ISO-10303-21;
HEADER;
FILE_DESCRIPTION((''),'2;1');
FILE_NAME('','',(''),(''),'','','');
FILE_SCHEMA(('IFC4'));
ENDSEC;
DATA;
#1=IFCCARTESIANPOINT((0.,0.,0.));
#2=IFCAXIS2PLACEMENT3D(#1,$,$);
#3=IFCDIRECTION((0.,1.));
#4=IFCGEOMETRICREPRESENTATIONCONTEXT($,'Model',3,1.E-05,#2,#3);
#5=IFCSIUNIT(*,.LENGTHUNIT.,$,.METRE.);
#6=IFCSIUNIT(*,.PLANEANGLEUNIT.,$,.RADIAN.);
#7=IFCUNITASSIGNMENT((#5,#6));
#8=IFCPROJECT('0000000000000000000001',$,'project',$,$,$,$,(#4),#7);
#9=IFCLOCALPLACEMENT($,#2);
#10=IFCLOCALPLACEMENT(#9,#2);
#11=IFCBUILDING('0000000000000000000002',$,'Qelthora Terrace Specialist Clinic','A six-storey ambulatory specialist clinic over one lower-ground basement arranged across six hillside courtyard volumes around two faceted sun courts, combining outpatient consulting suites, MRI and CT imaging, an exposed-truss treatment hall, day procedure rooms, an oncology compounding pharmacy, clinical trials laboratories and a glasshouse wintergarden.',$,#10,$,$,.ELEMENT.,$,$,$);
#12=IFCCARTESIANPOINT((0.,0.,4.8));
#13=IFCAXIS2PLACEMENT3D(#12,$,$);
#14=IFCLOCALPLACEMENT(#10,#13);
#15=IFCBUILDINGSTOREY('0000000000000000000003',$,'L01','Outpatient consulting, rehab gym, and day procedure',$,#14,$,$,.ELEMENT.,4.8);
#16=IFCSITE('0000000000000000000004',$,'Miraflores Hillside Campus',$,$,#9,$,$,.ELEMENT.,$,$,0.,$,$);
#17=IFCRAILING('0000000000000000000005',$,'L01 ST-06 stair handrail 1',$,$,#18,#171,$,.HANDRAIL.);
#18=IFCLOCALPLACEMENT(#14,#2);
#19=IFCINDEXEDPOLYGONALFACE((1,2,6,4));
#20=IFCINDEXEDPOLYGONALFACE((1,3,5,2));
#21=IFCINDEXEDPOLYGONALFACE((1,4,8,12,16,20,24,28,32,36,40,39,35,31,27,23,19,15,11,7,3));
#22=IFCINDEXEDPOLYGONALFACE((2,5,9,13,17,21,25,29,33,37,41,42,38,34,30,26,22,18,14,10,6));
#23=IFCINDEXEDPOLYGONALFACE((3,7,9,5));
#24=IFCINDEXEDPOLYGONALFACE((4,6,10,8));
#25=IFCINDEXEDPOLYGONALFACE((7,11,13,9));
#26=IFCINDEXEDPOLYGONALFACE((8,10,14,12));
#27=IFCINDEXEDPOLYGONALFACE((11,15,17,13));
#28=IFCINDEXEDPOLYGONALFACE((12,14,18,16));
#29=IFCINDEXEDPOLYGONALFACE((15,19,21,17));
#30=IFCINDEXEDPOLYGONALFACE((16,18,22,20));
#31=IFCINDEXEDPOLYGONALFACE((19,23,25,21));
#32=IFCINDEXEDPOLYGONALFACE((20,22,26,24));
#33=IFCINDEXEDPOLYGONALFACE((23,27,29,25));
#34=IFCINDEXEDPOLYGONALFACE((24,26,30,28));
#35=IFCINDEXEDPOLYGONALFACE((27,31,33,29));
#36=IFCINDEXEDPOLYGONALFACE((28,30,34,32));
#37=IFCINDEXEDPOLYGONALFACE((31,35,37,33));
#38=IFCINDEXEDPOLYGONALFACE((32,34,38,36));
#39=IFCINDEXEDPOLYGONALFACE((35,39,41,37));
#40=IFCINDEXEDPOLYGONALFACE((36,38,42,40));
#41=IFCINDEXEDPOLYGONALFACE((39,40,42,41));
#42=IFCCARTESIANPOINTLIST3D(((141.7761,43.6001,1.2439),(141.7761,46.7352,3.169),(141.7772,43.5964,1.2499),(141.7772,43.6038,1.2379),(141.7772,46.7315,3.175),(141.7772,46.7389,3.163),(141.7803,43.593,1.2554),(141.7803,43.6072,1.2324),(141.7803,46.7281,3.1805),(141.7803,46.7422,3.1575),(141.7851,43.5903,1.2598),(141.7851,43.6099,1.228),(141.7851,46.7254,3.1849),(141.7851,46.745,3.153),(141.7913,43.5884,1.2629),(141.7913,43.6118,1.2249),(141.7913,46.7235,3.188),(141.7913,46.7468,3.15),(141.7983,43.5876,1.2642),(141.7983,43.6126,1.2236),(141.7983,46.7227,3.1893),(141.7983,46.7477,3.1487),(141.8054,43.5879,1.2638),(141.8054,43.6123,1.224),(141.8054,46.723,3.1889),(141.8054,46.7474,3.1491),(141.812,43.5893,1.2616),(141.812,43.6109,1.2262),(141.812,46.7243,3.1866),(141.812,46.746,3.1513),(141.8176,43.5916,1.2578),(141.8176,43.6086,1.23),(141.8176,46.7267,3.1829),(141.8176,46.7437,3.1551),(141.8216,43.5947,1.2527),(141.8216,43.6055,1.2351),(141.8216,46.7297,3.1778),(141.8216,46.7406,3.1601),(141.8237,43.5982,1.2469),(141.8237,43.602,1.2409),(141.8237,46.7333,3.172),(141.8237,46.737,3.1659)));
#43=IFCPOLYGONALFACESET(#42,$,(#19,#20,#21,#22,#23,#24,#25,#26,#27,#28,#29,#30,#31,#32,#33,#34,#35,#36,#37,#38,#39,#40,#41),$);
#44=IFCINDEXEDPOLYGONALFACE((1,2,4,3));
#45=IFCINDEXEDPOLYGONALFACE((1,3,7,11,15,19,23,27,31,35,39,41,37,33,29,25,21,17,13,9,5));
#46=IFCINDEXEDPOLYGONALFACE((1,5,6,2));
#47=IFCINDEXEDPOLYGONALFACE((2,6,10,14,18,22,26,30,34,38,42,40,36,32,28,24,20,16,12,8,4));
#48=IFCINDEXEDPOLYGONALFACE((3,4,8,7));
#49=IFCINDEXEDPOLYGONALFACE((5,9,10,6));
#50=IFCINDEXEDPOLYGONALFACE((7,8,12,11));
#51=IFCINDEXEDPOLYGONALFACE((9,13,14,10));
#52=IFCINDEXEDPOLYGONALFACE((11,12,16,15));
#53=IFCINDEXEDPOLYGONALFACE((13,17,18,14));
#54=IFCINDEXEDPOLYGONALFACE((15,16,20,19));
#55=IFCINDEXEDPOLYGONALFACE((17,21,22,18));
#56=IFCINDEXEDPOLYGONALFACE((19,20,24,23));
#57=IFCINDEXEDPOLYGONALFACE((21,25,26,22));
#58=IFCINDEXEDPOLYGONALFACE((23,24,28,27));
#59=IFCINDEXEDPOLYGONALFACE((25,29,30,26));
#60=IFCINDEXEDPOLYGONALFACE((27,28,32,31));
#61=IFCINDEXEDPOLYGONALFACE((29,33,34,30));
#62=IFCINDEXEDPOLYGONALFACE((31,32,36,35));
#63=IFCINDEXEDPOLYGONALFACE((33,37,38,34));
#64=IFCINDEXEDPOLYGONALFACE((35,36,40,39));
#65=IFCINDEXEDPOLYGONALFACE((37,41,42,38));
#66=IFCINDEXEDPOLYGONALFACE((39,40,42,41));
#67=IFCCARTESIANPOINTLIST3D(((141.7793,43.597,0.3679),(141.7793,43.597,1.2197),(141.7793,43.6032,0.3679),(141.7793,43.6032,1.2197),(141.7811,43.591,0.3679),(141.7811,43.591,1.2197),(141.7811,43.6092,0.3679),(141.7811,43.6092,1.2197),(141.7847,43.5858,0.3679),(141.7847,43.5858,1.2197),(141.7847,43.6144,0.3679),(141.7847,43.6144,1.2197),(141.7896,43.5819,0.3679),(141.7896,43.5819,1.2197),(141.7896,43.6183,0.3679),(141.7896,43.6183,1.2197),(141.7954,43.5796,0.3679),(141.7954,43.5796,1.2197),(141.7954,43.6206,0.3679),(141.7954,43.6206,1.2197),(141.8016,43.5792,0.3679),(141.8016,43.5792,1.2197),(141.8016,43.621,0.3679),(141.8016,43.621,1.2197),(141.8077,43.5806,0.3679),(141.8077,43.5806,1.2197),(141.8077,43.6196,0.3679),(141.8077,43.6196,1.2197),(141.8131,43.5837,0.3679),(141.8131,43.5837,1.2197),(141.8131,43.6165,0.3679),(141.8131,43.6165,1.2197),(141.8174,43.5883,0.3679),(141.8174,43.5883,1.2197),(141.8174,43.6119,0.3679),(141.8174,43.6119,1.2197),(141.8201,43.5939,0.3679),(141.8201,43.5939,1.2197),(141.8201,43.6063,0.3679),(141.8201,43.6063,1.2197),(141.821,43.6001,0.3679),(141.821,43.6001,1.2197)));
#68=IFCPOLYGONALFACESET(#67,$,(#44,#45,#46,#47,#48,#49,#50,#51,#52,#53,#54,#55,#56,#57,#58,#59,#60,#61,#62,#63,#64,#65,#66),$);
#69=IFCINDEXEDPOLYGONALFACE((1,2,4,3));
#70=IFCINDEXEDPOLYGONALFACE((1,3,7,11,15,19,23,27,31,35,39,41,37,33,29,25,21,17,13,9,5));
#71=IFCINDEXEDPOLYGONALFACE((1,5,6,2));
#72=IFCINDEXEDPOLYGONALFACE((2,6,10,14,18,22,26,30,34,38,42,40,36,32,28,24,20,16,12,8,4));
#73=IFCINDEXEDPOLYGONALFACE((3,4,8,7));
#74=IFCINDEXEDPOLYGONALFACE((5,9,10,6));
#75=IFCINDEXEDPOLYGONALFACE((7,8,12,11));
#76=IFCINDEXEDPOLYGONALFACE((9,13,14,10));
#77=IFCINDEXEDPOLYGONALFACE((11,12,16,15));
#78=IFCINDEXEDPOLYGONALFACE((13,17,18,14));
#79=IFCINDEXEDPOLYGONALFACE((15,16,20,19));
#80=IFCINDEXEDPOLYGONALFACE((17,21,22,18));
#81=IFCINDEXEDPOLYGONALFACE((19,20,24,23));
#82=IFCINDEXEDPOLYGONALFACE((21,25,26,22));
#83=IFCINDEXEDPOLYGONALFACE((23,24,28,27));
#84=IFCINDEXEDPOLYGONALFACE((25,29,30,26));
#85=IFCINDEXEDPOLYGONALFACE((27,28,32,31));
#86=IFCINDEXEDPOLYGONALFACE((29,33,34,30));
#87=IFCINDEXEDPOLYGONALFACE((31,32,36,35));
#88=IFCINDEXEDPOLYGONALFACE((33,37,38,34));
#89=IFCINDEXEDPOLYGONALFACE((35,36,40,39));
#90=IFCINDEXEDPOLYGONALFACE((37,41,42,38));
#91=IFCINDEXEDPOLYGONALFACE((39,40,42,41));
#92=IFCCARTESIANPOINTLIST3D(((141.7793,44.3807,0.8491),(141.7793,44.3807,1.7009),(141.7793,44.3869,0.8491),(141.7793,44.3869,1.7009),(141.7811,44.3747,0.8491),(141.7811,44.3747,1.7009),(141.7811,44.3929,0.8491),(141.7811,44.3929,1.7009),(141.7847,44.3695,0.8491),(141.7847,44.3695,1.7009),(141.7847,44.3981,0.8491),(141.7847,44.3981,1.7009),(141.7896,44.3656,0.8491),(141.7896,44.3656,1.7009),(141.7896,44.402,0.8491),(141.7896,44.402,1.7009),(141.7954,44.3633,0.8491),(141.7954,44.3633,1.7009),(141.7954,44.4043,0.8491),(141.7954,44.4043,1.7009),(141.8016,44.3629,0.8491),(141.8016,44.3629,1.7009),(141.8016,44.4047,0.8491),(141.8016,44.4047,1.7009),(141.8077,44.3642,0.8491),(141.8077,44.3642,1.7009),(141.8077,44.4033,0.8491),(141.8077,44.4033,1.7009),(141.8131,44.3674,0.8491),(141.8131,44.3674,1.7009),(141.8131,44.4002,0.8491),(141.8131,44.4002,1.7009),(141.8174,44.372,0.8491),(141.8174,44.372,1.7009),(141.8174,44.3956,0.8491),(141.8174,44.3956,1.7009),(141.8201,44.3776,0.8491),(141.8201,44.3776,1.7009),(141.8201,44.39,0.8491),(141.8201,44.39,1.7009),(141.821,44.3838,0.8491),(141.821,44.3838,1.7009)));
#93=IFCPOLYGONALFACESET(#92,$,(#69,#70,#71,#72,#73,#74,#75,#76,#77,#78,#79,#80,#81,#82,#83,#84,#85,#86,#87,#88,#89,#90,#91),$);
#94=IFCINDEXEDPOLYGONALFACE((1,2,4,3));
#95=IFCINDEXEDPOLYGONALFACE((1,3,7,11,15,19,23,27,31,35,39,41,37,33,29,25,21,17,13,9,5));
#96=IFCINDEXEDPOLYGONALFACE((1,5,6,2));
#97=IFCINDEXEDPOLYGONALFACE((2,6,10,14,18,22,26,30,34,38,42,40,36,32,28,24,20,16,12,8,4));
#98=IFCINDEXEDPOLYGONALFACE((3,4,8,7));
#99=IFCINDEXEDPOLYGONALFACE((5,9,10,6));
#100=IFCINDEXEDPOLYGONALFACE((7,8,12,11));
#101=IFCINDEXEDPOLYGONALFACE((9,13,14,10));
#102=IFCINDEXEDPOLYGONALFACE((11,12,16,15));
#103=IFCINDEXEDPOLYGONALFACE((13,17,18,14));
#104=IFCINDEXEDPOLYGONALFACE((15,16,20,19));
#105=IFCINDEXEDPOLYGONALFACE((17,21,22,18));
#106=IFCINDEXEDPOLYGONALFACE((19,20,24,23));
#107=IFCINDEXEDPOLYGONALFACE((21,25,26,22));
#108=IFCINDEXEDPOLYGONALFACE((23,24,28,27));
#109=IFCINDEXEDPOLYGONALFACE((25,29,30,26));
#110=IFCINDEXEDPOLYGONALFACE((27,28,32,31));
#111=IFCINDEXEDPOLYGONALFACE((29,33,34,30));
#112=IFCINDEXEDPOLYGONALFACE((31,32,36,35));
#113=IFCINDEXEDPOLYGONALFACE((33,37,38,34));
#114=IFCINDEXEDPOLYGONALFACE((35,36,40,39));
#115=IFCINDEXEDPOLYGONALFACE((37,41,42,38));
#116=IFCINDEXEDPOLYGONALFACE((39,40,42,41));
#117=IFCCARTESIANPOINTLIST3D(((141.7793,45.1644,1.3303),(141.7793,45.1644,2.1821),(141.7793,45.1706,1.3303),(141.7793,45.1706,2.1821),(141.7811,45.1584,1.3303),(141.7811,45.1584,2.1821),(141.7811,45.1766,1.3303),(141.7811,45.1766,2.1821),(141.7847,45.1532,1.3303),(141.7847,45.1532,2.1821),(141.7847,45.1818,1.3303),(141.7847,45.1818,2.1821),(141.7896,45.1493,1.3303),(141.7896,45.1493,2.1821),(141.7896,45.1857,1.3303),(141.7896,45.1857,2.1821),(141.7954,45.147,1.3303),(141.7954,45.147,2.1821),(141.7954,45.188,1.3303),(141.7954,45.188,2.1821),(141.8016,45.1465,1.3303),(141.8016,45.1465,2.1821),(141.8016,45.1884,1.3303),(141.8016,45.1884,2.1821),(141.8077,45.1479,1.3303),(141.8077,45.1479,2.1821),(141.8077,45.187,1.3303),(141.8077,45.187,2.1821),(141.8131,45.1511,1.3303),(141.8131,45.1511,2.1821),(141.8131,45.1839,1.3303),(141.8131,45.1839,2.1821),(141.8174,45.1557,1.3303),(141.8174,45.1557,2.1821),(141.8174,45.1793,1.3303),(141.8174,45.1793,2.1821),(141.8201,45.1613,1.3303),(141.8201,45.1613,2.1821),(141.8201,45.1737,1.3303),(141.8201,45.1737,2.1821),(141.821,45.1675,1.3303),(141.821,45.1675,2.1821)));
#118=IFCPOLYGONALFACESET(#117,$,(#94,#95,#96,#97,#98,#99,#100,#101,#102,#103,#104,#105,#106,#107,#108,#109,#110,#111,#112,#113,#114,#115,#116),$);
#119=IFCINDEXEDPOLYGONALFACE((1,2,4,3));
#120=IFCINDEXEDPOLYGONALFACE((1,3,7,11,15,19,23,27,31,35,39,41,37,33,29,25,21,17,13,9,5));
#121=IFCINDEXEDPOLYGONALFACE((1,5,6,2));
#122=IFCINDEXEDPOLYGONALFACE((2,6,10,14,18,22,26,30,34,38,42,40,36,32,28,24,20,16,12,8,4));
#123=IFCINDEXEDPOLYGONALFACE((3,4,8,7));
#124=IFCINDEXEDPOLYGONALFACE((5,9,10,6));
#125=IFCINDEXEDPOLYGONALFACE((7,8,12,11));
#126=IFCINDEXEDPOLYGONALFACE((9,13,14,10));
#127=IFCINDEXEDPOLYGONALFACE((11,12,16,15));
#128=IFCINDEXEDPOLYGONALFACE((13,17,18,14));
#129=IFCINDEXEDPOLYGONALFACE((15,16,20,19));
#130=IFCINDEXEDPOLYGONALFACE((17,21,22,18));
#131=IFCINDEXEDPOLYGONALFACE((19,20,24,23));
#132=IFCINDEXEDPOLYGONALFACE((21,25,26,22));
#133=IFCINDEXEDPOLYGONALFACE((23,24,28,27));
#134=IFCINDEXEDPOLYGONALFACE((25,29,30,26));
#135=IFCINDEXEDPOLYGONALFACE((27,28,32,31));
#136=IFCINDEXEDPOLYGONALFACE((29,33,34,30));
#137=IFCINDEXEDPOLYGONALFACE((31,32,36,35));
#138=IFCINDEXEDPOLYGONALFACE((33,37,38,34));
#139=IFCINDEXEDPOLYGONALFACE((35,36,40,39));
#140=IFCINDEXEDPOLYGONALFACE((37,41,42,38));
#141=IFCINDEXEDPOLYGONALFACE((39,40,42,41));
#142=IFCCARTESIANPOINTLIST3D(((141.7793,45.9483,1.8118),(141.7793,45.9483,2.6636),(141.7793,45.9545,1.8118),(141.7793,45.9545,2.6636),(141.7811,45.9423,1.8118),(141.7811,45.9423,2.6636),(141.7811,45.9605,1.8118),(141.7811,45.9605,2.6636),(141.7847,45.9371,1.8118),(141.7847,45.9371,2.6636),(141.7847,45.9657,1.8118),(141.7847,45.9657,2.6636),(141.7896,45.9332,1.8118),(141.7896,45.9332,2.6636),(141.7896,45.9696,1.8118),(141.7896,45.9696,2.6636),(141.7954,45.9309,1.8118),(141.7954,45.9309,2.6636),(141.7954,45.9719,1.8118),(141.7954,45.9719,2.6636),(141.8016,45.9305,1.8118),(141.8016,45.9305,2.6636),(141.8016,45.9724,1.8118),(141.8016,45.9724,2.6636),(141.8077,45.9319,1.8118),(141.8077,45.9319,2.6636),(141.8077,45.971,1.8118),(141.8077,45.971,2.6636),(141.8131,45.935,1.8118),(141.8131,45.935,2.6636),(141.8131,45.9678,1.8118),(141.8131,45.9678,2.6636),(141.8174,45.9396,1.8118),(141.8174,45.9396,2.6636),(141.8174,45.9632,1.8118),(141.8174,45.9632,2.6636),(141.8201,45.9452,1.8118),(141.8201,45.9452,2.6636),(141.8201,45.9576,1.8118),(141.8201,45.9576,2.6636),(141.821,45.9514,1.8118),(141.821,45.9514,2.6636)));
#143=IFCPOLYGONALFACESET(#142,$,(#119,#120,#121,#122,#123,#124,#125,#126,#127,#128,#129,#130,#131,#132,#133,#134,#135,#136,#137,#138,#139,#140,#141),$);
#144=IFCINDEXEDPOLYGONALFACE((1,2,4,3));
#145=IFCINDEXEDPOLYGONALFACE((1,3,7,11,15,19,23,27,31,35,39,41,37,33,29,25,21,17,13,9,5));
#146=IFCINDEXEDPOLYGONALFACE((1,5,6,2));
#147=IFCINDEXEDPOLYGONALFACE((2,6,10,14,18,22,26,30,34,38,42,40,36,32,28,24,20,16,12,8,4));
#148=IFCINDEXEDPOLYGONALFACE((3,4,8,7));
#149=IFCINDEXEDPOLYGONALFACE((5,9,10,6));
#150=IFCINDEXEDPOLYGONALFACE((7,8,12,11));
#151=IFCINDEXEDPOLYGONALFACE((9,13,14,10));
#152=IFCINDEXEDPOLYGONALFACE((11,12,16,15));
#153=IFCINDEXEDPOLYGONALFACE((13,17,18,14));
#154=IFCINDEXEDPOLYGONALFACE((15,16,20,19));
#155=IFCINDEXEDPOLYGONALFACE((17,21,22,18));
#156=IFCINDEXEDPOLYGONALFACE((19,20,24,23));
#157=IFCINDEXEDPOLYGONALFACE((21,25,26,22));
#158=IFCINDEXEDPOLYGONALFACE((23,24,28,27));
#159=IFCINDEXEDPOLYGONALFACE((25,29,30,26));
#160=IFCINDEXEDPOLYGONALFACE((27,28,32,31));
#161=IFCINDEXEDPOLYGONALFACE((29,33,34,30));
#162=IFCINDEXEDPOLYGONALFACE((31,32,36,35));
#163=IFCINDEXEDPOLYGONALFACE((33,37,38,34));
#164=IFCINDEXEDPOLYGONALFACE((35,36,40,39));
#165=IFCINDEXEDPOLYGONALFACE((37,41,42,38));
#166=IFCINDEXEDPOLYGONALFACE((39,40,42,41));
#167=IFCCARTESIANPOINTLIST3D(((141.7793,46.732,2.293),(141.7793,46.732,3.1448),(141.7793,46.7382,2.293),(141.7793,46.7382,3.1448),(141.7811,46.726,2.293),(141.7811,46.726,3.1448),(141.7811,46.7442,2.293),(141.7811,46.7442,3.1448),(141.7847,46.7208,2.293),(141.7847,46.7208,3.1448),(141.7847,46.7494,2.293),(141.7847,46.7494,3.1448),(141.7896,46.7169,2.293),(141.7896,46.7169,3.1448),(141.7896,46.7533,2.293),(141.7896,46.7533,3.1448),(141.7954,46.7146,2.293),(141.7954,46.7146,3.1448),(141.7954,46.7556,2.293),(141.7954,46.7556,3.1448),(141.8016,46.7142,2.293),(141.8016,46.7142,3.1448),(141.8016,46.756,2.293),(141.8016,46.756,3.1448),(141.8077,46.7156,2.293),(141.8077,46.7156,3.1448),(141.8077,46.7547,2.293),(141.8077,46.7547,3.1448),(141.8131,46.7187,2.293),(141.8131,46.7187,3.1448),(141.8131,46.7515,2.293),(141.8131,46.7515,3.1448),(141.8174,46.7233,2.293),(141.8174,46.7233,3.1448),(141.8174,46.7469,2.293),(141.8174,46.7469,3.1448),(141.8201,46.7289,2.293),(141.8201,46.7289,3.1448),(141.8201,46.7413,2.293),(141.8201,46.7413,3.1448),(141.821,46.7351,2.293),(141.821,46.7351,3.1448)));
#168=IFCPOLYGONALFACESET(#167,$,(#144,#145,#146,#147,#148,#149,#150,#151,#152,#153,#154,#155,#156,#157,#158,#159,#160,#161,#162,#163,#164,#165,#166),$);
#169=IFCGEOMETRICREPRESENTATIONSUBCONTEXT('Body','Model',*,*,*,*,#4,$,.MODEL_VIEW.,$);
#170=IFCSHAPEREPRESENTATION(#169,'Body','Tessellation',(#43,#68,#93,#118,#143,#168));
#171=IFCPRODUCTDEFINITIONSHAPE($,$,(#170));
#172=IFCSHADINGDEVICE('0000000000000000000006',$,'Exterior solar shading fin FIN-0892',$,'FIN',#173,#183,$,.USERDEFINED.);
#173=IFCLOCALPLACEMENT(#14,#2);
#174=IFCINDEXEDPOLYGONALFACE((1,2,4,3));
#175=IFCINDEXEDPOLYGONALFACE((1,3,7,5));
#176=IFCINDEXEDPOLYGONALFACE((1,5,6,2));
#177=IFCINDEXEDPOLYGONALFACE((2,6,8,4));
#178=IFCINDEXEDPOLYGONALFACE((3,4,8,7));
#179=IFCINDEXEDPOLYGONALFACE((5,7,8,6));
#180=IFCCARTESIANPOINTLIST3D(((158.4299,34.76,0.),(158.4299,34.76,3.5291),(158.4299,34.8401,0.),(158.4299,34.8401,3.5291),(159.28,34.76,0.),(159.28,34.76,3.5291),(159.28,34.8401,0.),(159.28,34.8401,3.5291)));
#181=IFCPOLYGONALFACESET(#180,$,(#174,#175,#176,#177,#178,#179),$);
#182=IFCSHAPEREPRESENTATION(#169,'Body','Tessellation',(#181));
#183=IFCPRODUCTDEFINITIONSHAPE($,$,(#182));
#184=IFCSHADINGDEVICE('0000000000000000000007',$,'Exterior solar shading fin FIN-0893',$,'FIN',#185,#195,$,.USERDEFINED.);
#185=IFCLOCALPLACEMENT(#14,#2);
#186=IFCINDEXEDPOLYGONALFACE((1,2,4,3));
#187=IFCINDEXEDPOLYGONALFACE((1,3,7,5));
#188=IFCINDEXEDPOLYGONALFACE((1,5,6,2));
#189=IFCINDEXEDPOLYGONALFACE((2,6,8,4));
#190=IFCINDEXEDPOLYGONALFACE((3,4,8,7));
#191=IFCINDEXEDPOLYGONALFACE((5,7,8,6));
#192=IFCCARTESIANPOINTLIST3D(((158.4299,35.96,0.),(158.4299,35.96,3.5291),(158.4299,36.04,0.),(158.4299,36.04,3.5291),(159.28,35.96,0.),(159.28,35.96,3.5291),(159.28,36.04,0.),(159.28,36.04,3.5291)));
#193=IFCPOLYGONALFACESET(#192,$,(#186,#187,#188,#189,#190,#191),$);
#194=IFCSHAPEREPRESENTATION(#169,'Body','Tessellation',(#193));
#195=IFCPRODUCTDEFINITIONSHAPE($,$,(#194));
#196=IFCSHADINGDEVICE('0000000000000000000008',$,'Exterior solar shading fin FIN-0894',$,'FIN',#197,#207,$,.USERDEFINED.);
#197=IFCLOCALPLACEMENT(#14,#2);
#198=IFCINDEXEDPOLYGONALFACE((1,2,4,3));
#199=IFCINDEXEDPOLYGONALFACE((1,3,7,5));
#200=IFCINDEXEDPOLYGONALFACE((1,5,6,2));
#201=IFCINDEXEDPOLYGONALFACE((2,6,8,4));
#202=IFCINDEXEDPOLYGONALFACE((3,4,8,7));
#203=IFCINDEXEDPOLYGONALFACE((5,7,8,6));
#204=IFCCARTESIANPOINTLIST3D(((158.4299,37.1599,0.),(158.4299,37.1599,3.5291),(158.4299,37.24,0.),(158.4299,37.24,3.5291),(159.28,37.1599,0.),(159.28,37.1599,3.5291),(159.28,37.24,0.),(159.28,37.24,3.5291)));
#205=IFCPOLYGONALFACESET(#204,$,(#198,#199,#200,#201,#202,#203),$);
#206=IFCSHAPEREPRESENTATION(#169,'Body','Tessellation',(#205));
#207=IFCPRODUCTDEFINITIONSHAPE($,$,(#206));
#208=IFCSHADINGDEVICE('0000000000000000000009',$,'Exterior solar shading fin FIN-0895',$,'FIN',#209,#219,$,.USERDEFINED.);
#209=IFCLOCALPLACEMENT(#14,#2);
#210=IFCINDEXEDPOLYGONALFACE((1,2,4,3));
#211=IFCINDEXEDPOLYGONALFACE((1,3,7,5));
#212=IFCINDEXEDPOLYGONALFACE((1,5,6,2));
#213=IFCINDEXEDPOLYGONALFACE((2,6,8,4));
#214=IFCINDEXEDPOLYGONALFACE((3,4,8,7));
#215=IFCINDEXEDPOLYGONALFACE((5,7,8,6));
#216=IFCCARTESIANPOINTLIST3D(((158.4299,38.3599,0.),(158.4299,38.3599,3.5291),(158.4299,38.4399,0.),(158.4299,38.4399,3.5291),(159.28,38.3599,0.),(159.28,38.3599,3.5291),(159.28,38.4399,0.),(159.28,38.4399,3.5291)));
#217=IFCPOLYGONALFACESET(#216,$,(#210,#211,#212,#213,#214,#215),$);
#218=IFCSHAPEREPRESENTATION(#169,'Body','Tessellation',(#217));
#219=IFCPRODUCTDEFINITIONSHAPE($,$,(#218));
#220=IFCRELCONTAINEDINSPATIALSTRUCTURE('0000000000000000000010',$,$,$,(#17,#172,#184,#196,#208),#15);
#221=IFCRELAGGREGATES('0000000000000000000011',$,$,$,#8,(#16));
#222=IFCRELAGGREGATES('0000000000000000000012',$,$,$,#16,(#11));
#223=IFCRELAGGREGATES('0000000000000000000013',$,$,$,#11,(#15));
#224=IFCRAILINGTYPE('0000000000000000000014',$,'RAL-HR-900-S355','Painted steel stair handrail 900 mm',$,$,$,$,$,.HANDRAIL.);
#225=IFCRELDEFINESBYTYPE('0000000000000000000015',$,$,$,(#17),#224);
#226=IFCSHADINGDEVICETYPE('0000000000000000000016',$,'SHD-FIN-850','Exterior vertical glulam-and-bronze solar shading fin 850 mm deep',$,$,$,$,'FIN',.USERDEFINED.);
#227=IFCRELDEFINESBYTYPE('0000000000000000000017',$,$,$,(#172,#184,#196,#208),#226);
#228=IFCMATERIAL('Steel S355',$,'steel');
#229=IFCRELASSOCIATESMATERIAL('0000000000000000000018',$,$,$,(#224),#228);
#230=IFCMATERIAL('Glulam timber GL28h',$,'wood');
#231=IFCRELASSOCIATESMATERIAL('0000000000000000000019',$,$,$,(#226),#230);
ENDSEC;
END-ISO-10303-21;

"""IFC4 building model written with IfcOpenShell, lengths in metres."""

from ifc_helpers import new_model, si_unit, direction, frame, origin, origin_2d, place, context, subcontext, project, spatial, rectangle, circle, extrude, material, type_object, element, save


model = new_model("IFC4")

# Units and contexts
model_context = context("Model", 3, precision=1e-05, world=origin(), true_north=direction((0.0, 1.0)))
body_context = subcontext(model_context, "Body", "Model", "MODEL_VIEW")
ifc_project = project(units=[si_unit("LENGTHUNIT", "METRE"), si_unit("PLANEANGLEUNIT", "RADIAN")], contexts=[model_context])

# Site, building, storey
site_placement = place(None, origin())
site = spatial("IfcSite", under=ifc_project, at=site_placement, Name="Miraflores Hillside Campus", CompositionType="ELEMENT", RefElevation=0.0)
building_placement = place(site_placement, origin())
building = spatial("IfcBuilding", under=site, at=building_placement, Name="Qelthora Terrace Specialist Clinic", Description="A six-storey ambulatory specialist clinic over one lower-ground basement arranged across six hillside courtyard volumes around two faceted sun courts, combining outpatient consulting suites, MRI and CT imaging, an exposed-truss treatment hall, day procedure rooms, an oncology compounding pharmacy, clinical trials laboratories and a glasshouse wintergarden.", CompositionType="ELEMENT")
storey_placement = place(building_placement, frame((0.0, 0.0, 4.8)))
storey = spatial("IfcBuildingStorey", under=building, at=storey_placement, Name="L01", Description="Outpatient consulting, rehab gym, and day procedure", CompositionType="ELEMENT", Elevation=4.8)

# Shared definitions
ifc_material_1 = material(Name="Steel S355", Category="steel")

# Railing
railing_type = type_object("IfcRailingType", Name="RAL-HR-900-S355", Description="Painted steel stair handrail 900 mm", PredefinedType="HANDRAIL", material=ifc_material_1)
railing_placement = place(storey_placement, frame((141.8, 43.6001, 0.3679)))
element("IfcRailing", 1, at=railing_placement, inside=storey, type_object=railing_type, Name="L01 ST-06 stair handrail 1", PredefinedType="HANDRAIL", context=body_context, shape_type="SweptSolid", body=[
    extrude(circle(Radius=0.0239, at=origin_2d()), frame((0.0, 0.0, 0.876), z_axis=(0.0, 0.852166, 0.523271), x_axis=(-1.0, 0.0, 0.0)), (0.0, 0.0, 1.0), 3.679),
    extrude(circle(Radius=0.021, at=origin_2d()), origin(), (0.0, 0.0, 1.0), 0.8518),
    extrude(circle(Radius=0.021, at=origin_2d()), frame((0.0, 0.7837, 0.4812)), (0.0, 0.0, 1.0), 0.8518),
    extrude(circle(Radius=0.021, at=origin_2d()), frame((0.0, 1.5674, 0.9624)), (0.0, 0.0, 1.0), 0.8518),
    extrude(circle(Radius=0.021, at=origin_2d()), frame((0.0, 2.3513, 1.4438)), (0.0, 0.0, 1.0), 0.8518),
    extrude(circle(Radius=0.021, at=origin_2d()), frame((0.0, 3.135, 1.925)), (0.0, 0.0, 1.0), 0.8518),
])

# Shading devices
ifc_material_2 = material(Name="Glulam timber GL28h", Category="wood")
shading_device_type = type_object("IfcShadingDeviceType", Name="SHD-FIN-850", Description="Exterior vertical glulam-and-bronze solar shading fin 850 mm deep", ElementType="FIN", PredefinedType="USERDEFINED", material=ifc_material_2)
for number, where, z_axis, x_axis, name in (
    (2, (158.855, 34.8, 0.0), (0.0, 0.0, 1.0), (1.0, 0.0, 0.0), "Exterior solar shading fin FIN-0892"),
    (3, (158.855, 36.0, 0.0), (0.0, 0.0, 1.0), (1.0, 0.0, 0.0), "Exterior solar shading fin FIN-0893"),
    (4, (158.855, 37.2, 0.0), (0.0, 0.0, 1.0), (1.0, 0.0, 0.0), "Exterior solar shading fin FIN-0894"),
    (5, (158.855, 38.3999, 0.0), (0.0, 0.0, 1.0), (1.0, 0.0, 0.0), "Exterior solar shading fin FIN-0895"),
):
    element("IfcShadingDevice", number, at=place(storey_placement, frame(where, z_axis=z_axis, x_axis=x_axis)), inside=storey, type_object=shading_device_type, Name=name, ObjectType="FIN", PredefinedType="USERDEFINED", context=body_context, shape_type="SweptSolid", body=[
        extrude(rectangle(XDim=0.8501, YDim=0.0801, at=origin_2d()), origin(), (0.0, 0.0, 1.0), 3.5291),
    ])

save(model, "model.ifc")
